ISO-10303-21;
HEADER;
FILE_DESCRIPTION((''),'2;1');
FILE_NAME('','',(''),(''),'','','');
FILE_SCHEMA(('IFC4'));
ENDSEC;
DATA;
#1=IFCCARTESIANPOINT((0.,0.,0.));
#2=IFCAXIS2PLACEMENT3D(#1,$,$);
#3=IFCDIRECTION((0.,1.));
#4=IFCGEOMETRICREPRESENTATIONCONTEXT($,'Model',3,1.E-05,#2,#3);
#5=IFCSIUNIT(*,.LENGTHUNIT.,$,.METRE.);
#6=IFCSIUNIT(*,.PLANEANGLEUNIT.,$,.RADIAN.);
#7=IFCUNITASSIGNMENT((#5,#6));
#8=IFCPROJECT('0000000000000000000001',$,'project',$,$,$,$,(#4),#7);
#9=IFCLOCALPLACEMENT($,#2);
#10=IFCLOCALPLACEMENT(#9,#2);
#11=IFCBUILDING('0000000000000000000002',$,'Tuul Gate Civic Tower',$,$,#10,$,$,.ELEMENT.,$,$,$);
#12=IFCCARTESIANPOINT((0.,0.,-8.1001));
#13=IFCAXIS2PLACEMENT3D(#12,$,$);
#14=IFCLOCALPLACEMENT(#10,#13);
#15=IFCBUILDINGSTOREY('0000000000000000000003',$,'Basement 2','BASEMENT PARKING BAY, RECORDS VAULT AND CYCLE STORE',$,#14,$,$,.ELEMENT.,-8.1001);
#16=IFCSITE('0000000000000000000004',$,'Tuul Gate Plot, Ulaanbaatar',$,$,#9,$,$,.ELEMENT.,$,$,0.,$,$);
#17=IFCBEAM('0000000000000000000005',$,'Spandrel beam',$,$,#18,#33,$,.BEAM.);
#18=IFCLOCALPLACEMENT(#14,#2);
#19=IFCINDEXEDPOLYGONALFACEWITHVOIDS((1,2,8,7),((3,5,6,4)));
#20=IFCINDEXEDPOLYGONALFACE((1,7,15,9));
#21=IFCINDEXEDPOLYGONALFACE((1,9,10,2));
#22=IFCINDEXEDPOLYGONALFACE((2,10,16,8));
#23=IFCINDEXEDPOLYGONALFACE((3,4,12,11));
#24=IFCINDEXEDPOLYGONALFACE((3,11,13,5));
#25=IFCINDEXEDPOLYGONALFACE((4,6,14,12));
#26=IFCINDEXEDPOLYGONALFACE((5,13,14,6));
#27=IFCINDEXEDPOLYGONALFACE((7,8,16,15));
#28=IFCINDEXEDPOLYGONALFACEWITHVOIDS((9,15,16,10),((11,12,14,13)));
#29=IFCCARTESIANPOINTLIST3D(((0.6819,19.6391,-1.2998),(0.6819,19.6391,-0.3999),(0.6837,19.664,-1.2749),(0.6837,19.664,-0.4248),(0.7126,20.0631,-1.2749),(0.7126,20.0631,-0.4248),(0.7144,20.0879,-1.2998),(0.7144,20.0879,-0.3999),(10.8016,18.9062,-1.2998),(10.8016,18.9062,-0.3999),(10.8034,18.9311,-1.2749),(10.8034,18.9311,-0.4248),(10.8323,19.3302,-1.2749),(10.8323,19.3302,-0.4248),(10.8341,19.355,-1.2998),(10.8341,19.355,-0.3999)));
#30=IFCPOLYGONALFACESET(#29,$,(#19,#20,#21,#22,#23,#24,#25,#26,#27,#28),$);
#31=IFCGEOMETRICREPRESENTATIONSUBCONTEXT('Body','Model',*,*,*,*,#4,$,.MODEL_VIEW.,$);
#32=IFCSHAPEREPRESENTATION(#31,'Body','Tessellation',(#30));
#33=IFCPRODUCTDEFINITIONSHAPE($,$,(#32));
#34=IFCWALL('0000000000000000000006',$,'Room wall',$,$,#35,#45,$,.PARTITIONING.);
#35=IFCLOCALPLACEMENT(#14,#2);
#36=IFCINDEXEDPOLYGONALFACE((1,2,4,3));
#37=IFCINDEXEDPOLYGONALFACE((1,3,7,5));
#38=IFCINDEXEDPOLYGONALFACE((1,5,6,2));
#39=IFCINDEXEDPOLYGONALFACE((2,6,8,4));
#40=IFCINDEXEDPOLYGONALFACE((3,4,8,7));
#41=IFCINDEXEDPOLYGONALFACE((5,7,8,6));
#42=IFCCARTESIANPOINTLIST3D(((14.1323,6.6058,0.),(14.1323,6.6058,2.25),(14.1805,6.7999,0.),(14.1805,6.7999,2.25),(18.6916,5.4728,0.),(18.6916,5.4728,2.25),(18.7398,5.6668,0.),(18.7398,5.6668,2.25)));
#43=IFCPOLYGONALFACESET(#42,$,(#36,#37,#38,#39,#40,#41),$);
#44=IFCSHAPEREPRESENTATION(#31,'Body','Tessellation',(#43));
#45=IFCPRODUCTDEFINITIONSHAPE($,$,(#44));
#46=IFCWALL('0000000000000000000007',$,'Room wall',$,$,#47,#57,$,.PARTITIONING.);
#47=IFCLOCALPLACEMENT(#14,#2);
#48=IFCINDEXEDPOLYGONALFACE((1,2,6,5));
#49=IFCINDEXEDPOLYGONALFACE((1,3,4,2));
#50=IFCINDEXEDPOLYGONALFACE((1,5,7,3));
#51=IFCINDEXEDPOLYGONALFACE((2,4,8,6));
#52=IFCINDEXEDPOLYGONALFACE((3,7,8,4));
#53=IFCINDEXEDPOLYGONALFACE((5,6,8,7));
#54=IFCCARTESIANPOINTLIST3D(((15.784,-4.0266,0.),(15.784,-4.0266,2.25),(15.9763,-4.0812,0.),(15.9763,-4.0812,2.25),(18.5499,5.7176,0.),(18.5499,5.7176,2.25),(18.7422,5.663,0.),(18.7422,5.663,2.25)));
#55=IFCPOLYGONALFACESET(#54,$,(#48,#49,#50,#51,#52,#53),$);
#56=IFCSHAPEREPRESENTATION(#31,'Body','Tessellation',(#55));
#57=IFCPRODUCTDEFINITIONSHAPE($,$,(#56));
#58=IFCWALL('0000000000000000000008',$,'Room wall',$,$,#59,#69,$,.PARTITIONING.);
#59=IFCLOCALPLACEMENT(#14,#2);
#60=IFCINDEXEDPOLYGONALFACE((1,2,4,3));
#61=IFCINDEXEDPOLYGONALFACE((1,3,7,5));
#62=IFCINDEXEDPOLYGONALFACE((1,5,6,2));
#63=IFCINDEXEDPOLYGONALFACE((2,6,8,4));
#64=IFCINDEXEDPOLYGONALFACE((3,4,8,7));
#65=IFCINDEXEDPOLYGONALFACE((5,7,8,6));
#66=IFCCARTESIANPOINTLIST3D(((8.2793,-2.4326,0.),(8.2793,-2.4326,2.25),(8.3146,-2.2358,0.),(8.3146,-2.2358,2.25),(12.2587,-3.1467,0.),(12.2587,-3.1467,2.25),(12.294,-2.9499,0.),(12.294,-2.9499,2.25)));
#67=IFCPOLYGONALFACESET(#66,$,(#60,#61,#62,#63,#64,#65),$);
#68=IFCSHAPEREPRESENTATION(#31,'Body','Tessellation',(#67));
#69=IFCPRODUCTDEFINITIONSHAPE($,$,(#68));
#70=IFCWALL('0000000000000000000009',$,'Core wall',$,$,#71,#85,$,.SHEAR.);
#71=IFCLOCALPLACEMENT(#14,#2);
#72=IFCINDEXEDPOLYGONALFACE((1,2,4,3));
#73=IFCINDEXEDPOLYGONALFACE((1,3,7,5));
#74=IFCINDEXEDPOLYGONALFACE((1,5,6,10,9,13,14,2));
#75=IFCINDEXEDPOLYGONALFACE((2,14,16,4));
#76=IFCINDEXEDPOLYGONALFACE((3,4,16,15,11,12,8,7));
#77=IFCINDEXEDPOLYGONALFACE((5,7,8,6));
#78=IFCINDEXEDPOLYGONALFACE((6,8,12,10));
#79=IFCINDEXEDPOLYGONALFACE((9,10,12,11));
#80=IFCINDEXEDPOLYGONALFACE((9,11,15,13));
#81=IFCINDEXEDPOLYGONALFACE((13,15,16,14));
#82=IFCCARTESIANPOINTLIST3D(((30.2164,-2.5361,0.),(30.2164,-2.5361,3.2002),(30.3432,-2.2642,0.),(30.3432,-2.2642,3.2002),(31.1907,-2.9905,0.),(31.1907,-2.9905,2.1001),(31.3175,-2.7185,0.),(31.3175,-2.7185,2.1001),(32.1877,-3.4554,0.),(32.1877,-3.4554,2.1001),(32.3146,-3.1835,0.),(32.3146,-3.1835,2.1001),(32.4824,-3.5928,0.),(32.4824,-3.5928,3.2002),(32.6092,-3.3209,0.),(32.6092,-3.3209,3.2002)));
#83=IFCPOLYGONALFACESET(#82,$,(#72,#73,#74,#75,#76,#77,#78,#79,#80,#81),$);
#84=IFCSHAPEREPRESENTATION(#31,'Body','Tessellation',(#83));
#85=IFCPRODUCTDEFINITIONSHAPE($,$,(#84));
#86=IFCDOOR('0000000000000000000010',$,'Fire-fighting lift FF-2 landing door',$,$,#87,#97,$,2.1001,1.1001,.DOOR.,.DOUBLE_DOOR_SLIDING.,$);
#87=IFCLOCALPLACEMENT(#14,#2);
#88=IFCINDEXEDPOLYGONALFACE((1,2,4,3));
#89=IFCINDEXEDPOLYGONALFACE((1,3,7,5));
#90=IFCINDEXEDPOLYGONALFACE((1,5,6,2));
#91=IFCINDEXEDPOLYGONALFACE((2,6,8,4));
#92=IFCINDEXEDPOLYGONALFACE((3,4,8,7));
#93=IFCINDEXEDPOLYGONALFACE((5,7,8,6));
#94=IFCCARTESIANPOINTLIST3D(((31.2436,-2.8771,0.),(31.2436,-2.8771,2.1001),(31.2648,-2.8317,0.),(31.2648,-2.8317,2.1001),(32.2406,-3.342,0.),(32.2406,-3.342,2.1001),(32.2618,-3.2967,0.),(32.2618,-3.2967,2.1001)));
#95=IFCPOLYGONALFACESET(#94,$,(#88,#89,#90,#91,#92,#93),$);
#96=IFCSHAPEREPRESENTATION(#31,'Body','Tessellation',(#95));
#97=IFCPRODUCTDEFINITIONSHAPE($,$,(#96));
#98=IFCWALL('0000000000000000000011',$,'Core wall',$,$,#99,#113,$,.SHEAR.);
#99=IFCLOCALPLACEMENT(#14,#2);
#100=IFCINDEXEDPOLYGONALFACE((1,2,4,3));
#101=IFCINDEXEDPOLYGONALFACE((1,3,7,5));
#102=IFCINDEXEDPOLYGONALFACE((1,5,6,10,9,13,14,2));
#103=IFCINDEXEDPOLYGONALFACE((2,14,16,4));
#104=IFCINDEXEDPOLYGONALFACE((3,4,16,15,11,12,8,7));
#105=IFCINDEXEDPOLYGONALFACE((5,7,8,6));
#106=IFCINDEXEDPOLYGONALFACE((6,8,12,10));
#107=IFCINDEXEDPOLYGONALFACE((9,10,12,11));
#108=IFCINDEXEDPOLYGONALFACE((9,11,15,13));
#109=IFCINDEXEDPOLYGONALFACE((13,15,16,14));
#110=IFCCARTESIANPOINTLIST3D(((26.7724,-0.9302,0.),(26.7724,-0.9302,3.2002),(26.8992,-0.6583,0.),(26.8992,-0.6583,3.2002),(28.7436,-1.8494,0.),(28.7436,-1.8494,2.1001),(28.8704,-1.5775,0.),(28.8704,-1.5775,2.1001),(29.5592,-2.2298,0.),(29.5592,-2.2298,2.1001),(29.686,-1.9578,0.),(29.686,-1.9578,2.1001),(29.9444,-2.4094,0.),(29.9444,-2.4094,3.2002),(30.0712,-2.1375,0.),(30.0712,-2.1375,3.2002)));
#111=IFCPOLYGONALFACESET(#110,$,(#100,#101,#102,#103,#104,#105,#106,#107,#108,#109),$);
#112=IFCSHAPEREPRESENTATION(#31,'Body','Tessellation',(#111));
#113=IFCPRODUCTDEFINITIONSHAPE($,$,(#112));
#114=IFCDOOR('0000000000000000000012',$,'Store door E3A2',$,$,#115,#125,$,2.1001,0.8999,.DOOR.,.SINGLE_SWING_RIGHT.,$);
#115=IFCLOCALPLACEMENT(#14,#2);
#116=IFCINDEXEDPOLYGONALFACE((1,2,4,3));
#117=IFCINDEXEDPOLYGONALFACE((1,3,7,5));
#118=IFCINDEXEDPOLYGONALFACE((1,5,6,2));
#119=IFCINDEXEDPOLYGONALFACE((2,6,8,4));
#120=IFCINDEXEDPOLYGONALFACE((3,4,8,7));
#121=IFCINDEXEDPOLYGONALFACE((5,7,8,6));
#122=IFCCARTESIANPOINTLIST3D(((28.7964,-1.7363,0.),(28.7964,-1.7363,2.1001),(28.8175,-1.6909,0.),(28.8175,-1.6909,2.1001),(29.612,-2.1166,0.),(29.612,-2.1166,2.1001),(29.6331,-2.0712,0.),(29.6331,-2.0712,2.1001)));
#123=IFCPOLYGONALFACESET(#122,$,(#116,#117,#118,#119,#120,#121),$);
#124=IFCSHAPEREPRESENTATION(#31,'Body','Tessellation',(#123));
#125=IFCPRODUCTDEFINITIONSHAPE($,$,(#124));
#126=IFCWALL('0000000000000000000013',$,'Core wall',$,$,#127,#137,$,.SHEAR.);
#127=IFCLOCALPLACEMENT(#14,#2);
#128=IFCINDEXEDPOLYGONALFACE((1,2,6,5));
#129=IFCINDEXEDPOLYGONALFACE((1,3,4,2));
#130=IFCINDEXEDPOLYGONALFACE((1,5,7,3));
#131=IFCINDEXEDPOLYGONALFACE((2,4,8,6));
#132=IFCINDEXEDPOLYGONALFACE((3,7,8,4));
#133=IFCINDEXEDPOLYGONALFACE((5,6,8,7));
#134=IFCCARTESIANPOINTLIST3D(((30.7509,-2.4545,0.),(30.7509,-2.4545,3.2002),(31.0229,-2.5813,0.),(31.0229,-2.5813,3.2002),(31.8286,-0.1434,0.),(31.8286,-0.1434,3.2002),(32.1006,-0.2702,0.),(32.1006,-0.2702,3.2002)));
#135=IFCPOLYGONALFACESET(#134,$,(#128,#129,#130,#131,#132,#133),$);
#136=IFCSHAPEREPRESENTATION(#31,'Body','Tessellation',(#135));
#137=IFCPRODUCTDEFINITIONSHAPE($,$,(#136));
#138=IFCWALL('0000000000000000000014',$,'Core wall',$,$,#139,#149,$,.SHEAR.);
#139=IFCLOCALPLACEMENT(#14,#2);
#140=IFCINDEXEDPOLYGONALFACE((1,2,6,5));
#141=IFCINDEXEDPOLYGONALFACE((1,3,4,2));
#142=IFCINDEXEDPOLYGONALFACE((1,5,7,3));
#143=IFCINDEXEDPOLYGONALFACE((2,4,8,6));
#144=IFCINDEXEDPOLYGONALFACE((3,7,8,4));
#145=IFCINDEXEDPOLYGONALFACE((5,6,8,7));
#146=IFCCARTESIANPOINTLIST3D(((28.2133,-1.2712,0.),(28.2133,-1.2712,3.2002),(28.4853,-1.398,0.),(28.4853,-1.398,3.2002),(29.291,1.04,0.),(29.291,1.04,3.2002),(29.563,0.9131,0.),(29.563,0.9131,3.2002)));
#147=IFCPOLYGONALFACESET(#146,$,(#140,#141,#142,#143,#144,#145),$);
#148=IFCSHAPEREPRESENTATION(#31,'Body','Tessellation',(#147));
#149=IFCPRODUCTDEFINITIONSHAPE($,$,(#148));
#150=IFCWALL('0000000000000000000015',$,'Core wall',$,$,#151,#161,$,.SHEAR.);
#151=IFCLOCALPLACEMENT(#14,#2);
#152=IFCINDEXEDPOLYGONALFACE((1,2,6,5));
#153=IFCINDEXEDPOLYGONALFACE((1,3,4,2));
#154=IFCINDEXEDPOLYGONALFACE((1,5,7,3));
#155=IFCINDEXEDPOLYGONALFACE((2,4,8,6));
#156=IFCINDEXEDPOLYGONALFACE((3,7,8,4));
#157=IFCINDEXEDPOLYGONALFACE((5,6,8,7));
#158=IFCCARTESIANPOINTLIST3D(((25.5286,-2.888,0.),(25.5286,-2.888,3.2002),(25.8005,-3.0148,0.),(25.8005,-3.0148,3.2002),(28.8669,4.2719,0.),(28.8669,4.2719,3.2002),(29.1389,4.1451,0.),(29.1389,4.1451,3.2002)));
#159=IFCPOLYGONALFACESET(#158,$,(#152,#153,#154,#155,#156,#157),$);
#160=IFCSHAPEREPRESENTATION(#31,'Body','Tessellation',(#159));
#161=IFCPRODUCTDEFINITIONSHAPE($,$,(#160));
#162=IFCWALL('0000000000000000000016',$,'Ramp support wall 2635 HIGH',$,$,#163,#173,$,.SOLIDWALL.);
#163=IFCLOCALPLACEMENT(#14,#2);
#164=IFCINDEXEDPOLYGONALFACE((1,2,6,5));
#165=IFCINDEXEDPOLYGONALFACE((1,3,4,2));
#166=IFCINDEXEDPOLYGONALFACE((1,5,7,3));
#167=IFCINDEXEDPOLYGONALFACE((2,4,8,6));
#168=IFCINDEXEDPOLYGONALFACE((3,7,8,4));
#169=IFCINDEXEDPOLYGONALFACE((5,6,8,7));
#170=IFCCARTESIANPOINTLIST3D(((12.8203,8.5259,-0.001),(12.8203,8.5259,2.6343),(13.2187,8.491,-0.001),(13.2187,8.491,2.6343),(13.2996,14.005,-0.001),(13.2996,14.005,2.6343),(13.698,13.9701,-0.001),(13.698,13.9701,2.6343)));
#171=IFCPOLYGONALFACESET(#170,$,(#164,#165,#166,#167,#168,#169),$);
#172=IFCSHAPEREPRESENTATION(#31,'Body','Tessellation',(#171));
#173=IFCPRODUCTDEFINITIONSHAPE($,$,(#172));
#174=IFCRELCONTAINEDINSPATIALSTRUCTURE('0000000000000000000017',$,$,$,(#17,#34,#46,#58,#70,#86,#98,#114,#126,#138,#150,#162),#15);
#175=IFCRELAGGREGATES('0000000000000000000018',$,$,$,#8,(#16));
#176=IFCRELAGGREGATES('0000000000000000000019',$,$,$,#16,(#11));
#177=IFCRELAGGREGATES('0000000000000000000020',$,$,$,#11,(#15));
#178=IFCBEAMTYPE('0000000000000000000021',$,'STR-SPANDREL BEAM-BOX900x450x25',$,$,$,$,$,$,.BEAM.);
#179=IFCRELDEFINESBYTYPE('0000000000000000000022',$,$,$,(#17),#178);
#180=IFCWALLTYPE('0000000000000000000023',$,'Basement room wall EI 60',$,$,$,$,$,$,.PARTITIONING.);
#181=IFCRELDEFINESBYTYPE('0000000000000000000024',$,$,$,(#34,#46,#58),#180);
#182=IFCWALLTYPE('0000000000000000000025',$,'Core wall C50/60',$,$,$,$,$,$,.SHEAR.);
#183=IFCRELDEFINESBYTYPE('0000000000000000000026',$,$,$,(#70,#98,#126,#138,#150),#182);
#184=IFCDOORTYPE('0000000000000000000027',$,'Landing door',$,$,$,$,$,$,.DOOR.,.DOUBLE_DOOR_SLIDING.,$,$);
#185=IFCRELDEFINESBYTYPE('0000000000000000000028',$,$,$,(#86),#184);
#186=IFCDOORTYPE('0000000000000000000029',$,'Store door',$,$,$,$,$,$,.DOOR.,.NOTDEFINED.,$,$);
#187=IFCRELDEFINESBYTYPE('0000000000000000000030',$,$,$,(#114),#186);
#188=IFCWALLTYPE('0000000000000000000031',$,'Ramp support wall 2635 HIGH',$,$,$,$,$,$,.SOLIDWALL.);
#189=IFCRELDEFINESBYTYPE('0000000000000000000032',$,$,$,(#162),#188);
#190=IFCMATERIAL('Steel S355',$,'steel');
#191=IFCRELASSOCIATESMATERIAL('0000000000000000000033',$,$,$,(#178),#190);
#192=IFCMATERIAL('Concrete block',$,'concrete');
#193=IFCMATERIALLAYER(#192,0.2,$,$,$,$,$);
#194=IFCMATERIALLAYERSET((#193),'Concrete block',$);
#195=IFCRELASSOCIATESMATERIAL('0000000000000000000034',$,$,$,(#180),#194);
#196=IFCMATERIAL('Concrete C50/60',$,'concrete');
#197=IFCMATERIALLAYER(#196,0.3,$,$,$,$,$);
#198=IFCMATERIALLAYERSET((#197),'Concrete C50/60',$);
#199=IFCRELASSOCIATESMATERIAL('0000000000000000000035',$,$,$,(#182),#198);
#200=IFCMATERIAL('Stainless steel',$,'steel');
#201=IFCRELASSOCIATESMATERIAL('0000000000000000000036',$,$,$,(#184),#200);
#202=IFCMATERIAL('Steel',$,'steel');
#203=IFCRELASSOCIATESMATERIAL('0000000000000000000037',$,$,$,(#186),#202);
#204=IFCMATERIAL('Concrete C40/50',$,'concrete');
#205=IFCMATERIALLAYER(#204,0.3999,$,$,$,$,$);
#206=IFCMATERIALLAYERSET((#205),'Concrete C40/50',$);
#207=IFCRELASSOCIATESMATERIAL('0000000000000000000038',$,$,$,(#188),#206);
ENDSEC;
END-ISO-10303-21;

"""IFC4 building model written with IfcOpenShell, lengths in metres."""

from ifc_helpers import new_model, si_unit, direction, frame, frame_2d, origin, origin_2d, place, context, subcontext, project, spatial, rectangle, hollow_rectangle, extrude, material, layer, layer_set, material_profile, profile_set, type_object, element, fill, save


model = new_model("IFC4")

# Units and contexts
model_context = context("Model", 3, precision=1e-05, world=origin(), true_north=direction((0.0, 1.0)))
body_context = subcontext(model_context, "Body", "Model", "MODEL_VIEW")
ifc_project = project(units=[si_unit("LENGTHUNIT", "METRE"), si_unit("PLANEANGLEUNIT", "RADIAN")], contexts=[model_context])

# Site, building, storey
site_placement = place(None, origin())
site = spatial("IfcSite", under=ifc_project, at=site_placement, Name="Tuul Gate Plot, Ulaanbaatar", CompositionType="ELEMENT", RefElevation=0.0)
building_placement = place(site_placement, origin())
building = spatial("IfcBuilding", under=site, at=building_placement, Name="Tuul Gate Civic Tower", CompositionType="ELEMENT")
storey_placement = place(building_placement, frame((0.0, 0.0, -8.1001)))
storey = spatial("IfcBuildingStorey", under=building, at=storey_placement, Name="Basement 2", Description="BASEMENT PARKING BAY, RECORDS VAULT AND CYCLE STORE", CompositionType="ELEMENT", Elevation=-8.1001)

# Beam
ifc_material_1 = material(Name="Steel S355", Category="steel")
ifc_material_profile_1 = material_profile(ifc_material_1, hollow_rectangle(XDim=0.45, YDim=0.8999, WallThickness=0.0249, at=origin_2d()), Name="BOX900x450x25")
ifc_profile_set_1 = profile_set([ifc_material_profile_1], Name="Steel S355")
beam_type_1 = type_object("IfcBeamType", Name="STR-SPANDREL BEAM-BOX900x450x25", PredefinedType="BEAM", material=ifc_profile_set_1)
beam_1_placement = place(storey_placement, frame((10.8179, 19.1306, -0.8499), z_axis=(-0.997388, 0.072235, 0.0), x_axis=(-0.072235, -0.997388, 0.0)))
element("IfcBeam", 1, at=beam_1_placement, inside=storey, type_object=beam_type_1, Name="Spandrel beam", PredefinedType="BEAM", context=body_context, shape_type="SweptSolid", body=[
    extrude(hollow_rectangle(XDim=0.45, YDim=0.8999, WallThickness=0.0249, at=origin_2d()), origin(), (0.0, 0.0, 1.0), 10.1462),
])

# Walls
ifc_material_2 = material(Name="Concrete block", Category="concrete")
ifc_layer_1 = layer(ifc_material_2, 0.2)
ifc_layer_set_1 = layer_set([ifc_layer_1], Name="Concrete block")
wall_type_1 = type_object("IfcWallType", Name="Basement room wall EI 60", PredefinedType="PARTITIONING", material=ifc_layer_set_1)
wall_1_placement = place(storey_placement, frame((14.1562, 6.7029, 0.0), z_axis=(0.0, 0.0, 1.0), x_axis=(0.970481, -0.241178, 0.0)))
element("IfcWall", 2, at=wall_1_placement, inside=storey, type_object=wall_type_1, Name="Room wall", PredefinedType="PARTITIONING", context=body_context, shape_type="SweptSolid", body=[
    extrude(rectangle(XDim=4.698, YDim=0.2, at=frame_2d((2.3491, 0.0))), origin(), (0.0, 0.0, 1.0), 2.25),
])
wall_2_placement = place(storey_placement, frame((18.646, 5.6902, 0.0), z_axis=(0.0, 0.0, 1.0), x_axis=(-0.273062, -0.961996, 0.0)))
element("IfcWall", 3, at=wall_2_placement, inside=storey, type_object=wall_type_1, Name="Room wall", PredefinedType="PARTITIONING", context=body_context, shape_type="SweptSolid", body=[
    extrude(rectangle(XDim=10.1292, YDim=0.2, at=frame_2d((5.0645, 0.0))), origin(), (0.0, 0.0, 1.0), 2.25),
])
wall_3_placement = place(storey_placement, frame((12.2764, -3.0483, 0.0), z_axis=(0.0, 0.0, 1.0), x_axis=(-0.984278, 0.176627, 0.0)))
element("IfcWall", 4, at=wall_3_placement, inside=storey, type_object=wall_type_1, Name="Room wall", PredefinedType="PARTITIONING", context=body_context, shape_type="SweptSolid", body=[
    extrude(rectangle(XDim=4.043, YDim=0.2, at=frame_2d((2.0215, 0.0))), origin(), (0.0, 0.0, 1.0), 2.25),
])

# Walls, openings, doors
ifc_material_3 = material(Name="Concrete C50/60", Category="concrete")
ifc_layer_2 = layer(ifc_material_3, 0.3)
ifc_layer_set_2 = layer_set([ifc_layer_2], Name="Concrete C50/60")
wall_type_2 = type_object("IfcWallType", Name="Core wall C50/60", PredefinedType="SHEAR", material=ifc_layer_set_2)
wall_4_placement = place(storey_placement, frame((32.5457, -3.4568, 0.0), z_axis=(0.0, 0.0, 1.0), x_axis=(-0.9063, 0.422634, 0.0)))
wall_4 = element("IfcWall", 5, at=wall_4_placement, inside=storey, type_object=wall_type_2, Name="Core wall", PredefinedType="SHEAR", context=body_context, shape_type="SweptSolid", body=[
    extrude(rectangle(XDim=2.5002, YDim=0.3, at=frame_2d((1.25, 0.0))), origin(), (0.0, 0.0, 1.0), 3.2002),
])
opening_1_placement = place(wall_4_placement, frame((0.325, 0.0, 0.0)))
opening_1 = element("IfcOpeningElement", 6, at=opening_1_placement, cuts=wall_4, PredefinedType="OPENING", context=body_context, shape_type="SweptSolid", body=[
    extrude(rectangle(XDim=1.1001, YDim=2.1001, at=frame_2d((0.55, 1.05))), frame((0.0, 0.1602, 0.0), z_axis=(0.0, -1.0, 0.0), x_axis=(1.0, 0.0, 0.0)), (0.0, 0.0, 1.0), 0.3201),
])
ifc_material_4 = material(Name="Stainless steel", Category="steel")
door_type_1 = type_object("IfcDoorType", Name="Landing door", OperationType="DOUBLE_DOOR_SLIDING", PredefinedType="DOOR", material=ifc_material_4)
door_1_placement = place(opening_1_placement, origin())
door_1 = element("IfcDoor", 7, at=door_1_placement, inside=storey, type_object=door_type_1, Name="Fire-fighting lift FF-2 landing door", OperationType="DOUBLE_DOOR_SLIDING", OverallHeight=2.1001, OverallWidth=1.1001, PredefinedType="DOOR", context=body_context, shape_type="SweptSolid", body=[
    extrude(rectangle(XDim=1.1001, YDim=2.1001, at=frame_2d((0.55, 1.05))), frame((0.0, 0.0249, 0.0), z_axis=(0.0, -1.0, 0.0), x_axis=(1.0, 0.0, 0.0)), (0.0, 0.0, 1.0), 0.05),
])
fill(opening_1, door_1)
wall_5_placement = place(storey_placement, frame((30.0078, -2.2734, 0.0), z_axis=(0.0, 0.0, 1.0), x_axis=(-0.906301, 0.422633, 0.0)))
wall_5 = element("IfcWall", 8, at=wall_5_placement, inside=storey, type_object=wall_type_2, Name="Core wall", PredefinedType="SHEAR", context=body_context, shape_type="SweptSolid", body=[
    extrude(rectangle(XDim=3.5, YDim=0.3, at=frame_2d((1.75, 0.0))), origin(), (0.0, 0.0, 1.0), 3.2002),
])
opening_2_placement = place(wall_5_placement, frame((0.425, 0.0, 0.0)))
opening_2 = element("IfcOpeningElement", 9, at=opening_2_placement, cuts=wall_5, PredefinedType="OPENING", context=body_context, shape_type="SweptSolid", body=[
    extrude(rectangle(XDim=0.8999, YDim=2.1001, at=frame_2d((0.45, 1.05))), frame((0.0, 0.1602, 0.0), z_axis=(0.0, -1.0, 0.0), x_axis=(1.0, 0.0, 0.0)), (0.0, 0.0, 1.0), 0.3201),
])
ifc_material_5 = material(Name="Steel", Category="steel")
door_type_2 = type_object("IfcDoorType", Name="Store door", OperationType="NOTDEFINED", PredefinedType="DOOR", material=ifc_material_5)
door_2_placement = place(opening_2_placement, frame((0.8999, 0.0, 0.0), z_axis=(0.0, 0.0, 1.0), x_axis=(-1.0, 0.0, 0.0)))
door_2 = element("IfcDoor", 10, at=door_2_placement, inside=storey, type_object=door_type_2, Name="Store door E3A2", OperationType="SINGLE_SWING_RIGHT", OverallHeight=2.1001, OverallWidth=0.8999, PredefinedType="DOOR", context=body_context, shape_type="SweptSolid", body=[
    extrude(rectangle(XDim=0.8999, YDim=2.1001, at=frame_2d((0.45, 1.05))), frame((0.0, 0.0249, 0.0), z_axis=(0.0, -1.0, 0.0), x_axis=(1.0, 0.0, 0.0)), (0.0, 0.0, 1.0), 0.05),
])
fill(opening_2, door_2)

# Walls
for number, where, z_axis, x_axis, name in (
    (11, (30.887, -2.5178, 0.0), (0.0, 0.0, 1.0), (0.422613, 0.90631, 0.0), "Core wall"),
    (12, (28.3494, -1.3345, 0.0), (0.0, 0.0, 1.0), (0.422613, 0.90631, 0.0), "Core wall"),
):
    element("IfcWall", number, at=place(storey_placement, frame(where, z_axis=z_axis, x_axis=x_axis)), inside=storey, type_object=wall_type_2, Name=name, PredefinedType="SHEAR", context=body_context, shape_type="SweptSolid", body=[
        extrude(rectangle(XDim=2.55, YDim=0.3, at=frame_2d((1.2749, 0.0))), origin(), (0.0, 0.0, 1.0), 3.2002),
    ])
wall_6_placement = place(storey_placement, frame((25.6646, -2.9514, 0.0), z_axis=(0.0, 0.0, 1.0), x_axis=(0.422583, 0.906324, 0.0)))
element("IfcWall", 13, at=wall_6_placement, inside=storey, type_object=wall_type_2, Name="Core wall", PredefinedType="SHEAR", context=body_context, shape_type="SweptSolid", body=[
    extrude(rectangle(XDim=7.8999, YDim=0.3, at=frame_2d((3.95, 0.0))), origin(), (0.0, 0.0, 1.0), 3.2002),
])
ifc_material_6 = material(Name="Concrete C40/50", Category="concrete")
ifc_layer_3 = layer(ifc_material_6, 0.3999)
ifc_layer_set_3 = layer_set([ifc_layer_3], Name="Concrete C40/50")
wall_type_3 = type_object("IfcWallType", Name="Ramp support wall 2635 HIGH", PredefinedType="SOLIDWALL", material=ifc_layer_set_3)
wall_7_placement = place(storey_placement, frame((13.4988, 13.9875, -0.001), z_axis=(0.0, 0.0, 1.0), x_axis=(-0.087137, -0.996196, 0.0)))
element("IfcWall", 14, at=wall_7_placement, inside=storey, type_object=wall_type_3, Name="Ramp support wall 2635 HIGH", PredefinedType="SOLIDWALL", context=body_context, shape_type="SweptSolid", body=[
    extrude(rectangle(XDim=5.5, YDim=0.3999, at=frame_2d((2.75, 0.0))), origin(), (0.0, 0.0, 1.0), 2.6353),
])

save(model, "model.ifc")
